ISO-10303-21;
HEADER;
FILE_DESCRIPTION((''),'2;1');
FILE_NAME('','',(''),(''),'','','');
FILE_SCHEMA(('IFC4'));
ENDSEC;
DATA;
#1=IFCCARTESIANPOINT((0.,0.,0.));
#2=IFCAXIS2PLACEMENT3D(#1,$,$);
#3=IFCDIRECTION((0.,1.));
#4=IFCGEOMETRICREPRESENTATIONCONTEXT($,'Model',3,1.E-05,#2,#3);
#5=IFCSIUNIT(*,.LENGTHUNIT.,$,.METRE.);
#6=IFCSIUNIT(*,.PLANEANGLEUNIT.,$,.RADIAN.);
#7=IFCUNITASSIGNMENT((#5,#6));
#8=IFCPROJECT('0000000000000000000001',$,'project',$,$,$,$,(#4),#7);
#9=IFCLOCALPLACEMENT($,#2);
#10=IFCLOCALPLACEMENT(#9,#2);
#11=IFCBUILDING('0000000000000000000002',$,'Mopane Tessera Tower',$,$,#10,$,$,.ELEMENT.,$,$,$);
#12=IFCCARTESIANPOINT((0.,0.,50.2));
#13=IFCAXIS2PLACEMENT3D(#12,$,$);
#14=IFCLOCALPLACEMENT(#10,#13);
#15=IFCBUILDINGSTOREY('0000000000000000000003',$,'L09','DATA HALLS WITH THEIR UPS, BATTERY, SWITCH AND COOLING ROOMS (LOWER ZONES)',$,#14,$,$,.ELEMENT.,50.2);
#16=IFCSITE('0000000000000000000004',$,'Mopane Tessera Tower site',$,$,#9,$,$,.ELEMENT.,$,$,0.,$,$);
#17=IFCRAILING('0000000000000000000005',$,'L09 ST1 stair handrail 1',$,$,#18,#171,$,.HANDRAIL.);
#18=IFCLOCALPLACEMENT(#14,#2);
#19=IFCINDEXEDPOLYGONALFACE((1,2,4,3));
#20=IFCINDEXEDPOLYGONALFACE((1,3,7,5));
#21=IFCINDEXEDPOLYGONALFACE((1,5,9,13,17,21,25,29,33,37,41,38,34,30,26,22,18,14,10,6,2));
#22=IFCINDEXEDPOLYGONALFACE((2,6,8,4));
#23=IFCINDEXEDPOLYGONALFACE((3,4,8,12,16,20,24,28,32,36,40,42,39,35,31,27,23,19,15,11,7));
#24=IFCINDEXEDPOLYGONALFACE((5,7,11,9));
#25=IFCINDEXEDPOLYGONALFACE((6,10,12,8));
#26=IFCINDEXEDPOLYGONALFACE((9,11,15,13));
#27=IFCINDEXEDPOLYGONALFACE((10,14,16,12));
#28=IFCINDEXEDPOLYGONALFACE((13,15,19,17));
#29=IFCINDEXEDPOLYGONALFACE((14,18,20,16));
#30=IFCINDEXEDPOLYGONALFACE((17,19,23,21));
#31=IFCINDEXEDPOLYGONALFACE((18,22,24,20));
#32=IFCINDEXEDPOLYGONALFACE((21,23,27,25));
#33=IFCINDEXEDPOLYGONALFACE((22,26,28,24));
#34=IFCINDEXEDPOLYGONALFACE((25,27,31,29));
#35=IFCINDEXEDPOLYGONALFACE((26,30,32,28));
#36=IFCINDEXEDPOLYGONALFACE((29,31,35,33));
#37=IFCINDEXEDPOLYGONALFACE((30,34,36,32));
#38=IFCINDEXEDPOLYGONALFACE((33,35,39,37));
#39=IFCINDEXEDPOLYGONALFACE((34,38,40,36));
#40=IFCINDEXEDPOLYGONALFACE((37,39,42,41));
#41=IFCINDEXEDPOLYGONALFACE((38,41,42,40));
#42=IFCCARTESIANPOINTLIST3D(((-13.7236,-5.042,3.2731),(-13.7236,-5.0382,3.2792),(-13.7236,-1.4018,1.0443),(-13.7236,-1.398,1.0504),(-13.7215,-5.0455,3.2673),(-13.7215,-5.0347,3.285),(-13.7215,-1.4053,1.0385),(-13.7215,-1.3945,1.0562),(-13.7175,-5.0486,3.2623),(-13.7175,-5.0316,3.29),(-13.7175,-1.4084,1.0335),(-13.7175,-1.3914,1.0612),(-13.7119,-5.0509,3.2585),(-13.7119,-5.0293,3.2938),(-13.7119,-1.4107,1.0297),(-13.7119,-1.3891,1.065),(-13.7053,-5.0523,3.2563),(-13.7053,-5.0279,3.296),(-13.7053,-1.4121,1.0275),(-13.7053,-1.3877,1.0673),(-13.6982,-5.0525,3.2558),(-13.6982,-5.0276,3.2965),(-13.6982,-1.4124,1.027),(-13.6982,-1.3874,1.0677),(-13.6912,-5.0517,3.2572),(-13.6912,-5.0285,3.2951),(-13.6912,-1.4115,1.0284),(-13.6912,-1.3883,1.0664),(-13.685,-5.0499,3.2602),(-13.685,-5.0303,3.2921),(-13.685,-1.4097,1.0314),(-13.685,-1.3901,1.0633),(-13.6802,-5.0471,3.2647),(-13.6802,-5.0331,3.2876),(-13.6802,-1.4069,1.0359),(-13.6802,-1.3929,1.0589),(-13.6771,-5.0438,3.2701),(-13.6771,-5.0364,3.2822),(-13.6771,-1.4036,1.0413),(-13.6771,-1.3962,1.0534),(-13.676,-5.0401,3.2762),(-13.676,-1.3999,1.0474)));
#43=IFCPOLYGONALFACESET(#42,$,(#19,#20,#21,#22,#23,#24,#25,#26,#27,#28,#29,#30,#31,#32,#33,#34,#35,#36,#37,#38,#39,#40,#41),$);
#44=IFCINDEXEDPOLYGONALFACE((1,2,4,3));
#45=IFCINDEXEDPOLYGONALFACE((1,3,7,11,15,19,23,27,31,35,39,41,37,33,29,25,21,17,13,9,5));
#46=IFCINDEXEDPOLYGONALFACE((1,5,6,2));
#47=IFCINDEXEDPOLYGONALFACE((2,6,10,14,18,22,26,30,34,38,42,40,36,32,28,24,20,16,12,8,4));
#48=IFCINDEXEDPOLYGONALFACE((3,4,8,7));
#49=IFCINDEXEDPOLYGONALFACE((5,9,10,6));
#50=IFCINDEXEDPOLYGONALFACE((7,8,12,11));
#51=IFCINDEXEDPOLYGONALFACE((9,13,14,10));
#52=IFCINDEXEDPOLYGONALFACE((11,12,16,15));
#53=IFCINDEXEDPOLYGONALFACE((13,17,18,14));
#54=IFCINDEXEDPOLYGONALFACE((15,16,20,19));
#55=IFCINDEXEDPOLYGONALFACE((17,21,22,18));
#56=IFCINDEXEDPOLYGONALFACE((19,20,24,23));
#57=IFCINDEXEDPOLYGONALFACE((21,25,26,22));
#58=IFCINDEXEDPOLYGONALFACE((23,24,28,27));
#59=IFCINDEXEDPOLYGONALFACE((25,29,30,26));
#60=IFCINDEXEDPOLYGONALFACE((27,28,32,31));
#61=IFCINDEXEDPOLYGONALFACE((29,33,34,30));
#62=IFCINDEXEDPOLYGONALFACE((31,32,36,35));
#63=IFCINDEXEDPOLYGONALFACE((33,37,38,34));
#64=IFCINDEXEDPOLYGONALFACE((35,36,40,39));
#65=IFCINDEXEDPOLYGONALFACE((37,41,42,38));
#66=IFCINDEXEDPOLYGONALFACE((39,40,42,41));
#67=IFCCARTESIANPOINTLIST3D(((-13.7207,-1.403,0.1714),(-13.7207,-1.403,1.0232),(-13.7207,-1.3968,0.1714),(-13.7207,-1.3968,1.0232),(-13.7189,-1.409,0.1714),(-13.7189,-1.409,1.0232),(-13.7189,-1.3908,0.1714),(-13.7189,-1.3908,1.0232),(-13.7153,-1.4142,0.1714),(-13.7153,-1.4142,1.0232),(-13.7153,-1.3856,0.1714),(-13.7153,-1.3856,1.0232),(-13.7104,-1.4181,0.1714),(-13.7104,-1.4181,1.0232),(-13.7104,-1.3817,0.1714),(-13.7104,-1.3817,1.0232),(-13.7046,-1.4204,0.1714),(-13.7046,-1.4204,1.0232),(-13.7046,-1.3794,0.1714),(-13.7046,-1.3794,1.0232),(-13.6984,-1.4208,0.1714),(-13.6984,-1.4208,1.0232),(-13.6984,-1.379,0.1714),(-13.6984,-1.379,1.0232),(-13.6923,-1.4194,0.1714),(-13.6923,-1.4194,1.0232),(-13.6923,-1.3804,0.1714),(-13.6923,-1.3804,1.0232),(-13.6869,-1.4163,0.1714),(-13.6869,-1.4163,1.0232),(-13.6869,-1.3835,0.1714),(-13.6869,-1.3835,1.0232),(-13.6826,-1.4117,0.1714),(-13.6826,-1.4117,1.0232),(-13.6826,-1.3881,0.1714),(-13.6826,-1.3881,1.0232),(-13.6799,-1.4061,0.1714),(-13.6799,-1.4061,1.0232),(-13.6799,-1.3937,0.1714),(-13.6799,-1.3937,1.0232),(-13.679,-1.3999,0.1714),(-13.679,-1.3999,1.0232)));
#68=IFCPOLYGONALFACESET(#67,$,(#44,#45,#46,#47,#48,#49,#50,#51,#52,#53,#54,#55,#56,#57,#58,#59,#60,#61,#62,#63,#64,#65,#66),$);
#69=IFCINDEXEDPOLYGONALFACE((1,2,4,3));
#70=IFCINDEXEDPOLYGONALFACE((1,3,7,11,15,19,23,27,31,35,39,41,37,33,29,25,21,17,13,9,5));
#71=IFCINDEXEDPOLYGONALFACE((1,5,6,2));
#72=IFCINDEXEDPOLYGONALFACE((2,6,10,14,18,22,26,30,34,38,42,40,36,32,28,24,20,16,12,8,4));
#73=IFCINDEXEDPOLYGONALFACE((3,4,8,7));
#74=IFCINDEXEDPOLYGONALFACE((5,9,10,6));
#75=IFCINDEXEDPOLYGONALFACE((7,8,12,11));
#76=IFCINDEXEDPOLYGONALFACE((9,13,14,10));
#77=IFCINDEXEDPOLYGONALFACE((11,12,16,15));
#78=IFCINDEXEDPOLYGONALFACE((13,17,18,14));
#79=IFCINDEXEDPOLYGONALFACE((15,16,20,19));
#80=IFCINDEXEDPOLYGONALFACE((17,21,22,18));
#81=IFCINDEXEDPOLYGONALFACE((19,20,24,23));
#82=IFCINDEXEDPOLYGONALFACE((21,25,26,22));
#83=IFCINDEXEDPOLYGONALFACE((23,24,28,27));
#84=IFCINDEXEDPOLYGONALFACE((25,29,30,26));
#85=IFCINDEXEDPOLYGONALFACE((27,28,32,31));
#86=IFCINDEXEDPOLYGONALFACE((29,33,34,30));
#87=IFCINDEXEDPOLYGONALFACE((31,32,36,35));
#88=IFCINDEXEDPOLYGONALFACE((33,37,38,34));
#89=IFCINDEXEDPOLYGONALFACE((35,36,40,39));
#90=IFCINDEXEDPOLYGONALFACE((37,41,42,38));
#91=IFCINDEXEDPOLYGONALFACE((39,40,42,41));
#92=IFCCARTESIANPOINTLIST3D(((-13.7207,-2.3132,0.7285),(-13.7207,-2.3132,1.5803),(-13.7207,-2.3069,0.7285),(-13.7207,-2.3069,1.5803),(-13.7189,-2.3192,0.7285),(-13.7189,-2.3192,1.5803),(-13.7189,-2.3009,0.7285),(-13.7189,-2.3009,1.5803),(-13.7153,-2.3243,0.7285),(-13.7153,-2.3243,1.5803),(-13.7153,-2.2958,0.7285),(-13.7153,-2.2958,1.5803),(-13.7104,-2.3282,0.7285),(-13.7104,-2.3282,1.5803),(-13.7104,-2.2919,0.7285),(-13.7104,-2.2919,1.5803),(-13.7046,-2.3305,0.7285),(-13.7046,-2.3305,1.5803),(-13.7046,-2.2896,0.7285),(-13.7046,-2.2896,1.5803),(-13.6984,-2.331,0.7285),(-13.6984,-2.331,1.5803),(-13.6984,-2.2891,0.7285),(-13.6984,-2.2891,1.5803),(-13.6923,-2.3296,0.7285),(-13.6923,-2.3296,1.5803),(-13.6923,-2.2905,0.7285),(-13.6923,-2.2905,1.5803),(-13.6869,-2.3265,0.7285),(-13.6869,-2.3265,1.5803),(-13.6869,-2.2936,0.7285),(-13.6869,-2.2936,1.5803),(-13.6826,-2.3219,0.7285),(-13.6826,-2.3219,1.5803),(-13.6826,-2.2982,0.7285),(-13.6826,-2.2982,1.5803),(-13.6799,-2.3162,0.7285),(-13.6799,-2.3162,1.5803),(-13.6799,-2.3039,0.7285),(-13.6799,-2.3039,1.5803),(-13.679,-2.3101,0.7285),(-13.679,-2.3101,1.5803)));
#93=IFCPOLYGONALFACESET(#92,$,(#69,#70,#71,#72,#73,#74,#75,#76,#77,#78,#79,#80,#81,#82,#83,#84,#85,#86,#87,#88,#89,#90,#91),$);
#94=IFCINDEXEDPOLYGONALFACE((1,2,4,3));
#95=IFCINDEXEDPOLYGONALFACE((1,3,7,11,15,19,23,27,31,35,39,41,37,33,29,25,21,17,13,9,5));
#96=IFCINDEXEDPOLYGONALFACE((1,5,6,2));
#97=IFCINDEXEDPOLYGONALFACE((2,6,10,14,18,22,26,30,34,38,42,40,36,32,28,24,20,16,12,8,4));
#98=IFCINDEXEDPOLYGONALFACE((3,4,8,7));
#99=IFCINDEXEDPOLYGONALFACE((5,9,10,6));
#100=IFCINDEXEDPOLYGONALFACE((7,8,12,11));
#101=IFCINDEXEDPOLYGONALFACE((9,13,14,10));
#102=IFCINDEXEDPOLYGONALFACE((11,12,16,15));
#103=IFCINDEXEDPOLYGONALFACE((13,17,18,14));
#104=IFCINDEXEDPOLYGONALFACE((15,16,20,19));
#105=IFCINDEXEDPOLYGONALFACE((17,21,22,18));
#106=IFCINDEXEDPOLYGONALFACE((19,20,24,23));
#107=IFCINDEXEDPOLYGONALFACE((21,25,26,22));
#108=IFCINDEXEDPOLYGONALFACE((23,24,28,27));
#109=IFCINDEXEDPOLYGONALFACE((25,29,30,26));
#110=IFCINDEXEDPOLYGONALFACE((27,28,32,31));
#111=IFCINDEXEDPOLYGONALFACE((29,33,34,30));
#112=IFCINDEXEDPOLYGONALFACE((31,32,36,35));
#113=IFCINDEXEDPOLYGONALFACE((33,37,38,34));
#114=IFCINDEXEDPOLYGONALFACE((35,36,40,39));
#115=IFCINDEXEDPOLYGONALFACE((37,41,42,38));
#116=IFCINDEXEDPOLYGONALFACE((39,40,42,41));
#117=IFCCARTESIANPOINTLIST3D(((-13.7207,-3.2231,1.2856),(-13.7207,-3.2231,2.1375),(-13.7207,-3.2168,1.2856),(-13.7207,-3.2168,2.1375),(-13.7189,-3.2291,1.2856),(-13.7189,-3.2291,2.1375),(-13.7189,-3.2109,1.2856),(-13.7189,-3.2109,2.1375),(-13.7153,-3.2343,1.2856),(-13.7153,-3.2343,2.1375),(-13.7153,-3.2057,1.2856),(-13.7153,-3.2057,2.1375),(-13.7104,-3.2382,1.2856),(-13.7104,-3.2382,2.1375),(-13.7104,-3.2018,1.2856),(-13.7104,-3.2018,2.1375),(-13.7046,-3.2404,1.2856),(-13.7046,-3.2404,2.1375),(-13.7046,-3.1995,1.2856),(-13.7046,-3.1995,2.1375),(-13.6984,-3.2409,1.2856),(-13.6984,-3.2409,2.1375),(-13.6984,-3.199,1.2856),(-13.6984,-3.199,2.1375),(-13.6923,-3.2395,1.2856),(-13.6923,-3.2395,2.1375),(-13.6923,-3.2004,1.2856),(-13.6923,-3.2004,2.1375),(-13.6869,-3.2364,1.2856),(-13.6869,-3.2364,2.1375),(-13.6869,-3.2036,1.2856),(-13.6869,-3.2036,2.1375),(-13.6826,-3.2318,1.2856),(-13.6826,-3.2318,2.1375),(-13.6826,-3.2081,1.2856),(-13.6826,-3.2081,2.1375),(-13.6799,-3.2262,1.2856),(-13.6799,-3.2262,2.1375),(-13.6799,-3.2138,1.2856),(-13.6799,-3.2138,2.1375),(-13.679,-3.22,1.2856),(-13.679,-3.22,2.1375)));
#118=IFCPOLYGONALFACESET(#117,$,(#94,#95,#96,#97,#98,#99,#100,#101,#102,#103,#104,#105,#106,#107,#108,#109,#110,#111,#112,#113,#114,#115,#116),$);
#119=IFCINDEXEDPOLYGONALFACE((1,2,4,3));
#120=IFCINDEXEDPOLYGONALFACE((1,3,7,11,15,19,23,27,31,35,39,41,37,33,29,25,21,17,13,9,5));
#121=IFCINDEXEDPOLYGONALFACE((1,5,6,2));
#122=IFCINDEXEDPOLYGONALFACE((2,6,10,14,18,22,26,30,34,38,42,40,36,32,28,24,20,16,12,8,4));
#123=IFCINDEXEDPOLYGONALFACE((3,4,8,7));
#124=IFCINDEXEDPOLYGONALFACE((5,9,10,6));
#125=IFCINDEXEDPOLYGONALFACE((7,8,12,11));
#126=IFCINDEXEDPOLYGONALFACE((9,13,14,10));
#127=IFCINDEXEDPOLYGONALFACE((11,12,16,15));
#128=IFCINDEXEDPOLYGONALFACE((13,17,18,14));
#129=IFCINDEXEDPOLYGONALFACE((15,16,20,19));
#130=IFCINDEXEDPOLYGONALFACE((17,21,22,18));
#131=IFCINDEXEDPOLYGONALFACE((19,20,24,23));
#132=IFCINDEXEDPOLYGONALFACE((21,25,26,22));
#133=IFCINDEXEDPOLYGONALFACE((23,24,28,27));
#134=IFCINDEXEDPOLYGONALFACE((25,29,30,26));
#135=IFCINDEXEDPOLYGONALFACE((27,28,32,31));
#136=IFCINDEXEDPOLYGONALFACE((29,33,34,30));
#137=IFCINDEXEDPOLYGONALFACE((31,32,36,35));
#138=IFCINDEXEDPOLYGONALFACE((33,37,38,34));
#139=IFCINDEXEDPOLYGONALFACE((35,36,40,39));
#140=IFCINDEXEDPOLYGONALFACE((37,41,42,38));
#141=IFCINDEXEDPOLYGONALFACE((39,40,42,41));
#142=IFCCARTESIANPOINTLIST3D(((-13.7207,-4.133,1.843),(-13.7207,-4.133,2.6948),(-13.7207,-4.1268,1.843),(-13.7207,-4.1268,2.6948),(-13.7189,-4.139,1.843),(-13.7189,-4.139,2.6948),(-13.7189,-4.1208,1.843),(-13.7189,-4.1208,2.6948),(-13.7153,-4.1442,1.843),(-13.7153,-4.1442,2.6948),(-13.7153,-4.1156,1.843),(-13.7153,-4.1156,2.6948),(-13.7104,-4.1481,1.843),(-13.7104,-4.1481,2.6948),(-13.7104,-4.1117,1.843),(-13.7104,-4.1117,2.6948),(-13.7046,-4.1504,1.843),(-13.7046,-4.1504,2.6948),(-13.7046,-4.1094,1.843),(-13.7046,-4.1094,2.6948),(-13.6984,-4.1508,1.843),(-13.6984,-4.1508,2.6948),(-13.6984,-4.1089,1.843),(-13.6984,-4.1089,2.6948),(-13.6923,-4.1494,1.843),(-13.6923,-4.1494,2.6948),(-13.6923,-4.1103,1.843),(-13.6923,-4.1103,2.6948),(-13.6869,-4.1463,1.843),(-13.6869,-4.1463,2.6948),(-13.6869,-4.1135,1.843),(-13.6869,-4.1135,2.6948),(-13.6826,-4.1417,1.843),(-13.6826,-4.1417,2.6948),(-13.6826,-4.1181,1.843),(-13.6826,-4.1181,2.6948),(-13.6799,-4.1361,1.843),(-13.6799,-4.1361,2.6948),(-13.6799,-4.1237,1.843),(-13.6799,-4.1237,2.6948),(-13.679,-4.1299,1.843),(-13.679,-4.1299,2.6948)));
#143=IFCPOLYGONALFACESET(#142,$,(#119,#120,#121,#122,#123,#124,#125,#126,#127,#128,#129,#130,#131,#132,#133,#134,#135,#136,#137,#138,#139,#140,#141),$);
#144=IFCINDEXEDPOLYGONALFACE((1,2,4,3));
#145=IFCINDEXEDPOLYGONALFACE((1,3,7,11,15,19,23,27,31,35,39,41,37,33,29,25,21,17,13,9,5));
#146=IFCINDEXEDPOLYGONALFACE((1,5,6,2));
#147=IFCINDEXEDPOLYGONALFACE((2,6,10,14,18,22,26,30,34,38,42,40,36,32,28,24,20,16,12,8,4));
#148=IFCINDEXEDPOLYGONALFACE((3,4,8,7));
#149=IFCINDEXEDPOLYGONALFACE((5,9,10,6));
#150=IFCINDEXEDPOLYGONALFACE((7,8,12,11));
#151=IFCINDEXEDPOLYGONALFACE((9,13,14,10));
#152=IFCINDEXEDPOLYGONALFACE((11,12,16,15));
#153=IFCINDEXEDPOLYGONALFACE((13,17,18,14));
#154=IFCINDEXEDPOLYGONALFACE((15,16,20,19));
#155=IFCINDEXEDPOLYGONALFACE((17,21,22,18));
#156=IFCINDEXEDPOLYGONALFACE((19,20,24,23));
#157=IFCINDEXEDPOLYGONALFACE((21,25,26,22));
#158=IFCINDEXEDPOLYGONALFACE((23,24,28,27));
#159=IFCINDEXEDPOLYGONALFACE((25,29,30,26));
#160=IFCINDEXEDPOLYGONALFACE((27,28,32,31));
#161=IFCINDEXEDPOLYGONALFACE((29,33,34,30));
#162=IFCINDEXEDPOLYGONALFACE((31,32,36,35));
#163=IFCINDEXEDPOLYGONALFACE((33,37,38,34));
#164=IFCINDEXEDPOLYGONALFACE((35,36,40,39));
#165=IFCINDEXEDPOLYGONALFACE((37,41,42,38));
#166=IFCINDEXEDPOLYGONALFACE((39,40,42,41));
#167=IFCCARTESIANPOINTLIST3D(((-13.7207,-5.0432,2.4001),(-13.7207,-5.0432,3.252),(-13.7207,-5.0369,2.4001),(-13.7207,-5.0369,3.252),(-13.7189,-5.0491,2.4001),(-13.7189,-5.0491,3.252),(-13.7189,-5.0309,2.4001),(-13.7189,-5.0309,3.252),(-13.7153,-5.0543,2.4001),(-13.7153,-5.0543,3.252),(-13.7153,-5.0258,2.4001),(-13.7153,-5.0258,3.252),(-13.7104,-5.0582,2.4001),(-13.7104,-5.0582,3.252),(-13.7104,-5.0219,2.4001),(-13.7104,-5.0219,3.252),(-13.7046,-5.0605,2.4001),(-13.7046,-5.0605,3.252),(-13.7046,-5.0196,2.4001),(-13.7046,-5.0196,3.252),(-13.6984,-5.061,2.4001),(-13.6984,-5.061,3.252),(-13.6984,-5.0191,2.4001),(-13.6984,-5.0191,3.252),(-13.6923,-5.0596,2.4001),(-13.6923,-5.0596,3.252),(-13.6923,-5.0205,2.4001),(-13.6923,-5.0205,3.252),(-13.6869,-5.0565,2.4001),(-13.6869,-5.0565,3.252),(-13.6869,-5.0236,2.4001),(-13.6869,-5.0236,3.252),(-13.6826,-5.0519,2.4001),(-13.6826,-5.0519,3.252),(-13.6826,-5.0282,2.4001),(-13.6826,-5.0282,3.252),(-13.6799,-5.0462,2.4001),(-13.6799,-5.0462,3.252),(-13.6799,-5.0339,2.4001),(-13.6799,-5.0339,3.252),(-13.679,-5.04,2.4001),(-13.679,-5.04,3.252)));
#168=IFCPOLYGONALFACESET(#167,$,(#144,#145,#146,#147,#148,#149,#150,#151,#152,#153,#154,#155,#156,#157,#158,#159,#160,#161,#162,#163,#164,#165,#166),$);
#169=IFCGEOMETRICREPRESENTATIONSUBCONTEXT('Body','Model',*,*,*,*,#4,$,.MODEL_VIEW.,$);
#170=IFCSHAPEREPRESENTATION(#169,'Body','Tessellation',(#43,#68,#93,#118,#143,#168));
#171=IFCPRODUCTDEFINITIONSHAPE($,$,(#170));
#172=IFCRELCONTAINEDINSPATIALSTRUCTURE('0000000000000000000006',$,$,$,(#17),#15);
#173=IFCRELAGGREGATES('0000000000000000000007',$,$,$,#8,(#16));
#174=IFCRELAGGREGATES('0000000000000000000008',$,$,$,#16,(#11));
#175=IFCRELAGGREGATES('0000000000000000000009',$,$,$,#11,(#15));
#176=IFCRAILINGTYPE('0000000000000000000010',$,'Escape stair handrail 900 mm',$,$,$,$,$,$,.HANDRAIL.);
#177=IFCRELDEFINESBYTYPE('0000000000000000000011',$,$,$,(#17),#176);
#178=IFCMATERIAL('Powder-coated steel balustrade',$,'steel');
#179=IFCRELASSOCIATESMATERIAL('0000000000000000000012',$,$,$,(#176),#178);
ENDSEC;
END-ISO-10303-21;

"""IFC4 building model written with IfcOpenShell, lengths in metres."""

from ifc_helpers import new_model, si_unit, direction, frame, origin, origin_2d, place, context, subcontext, project, spatial, circle, extrude, material, type_object, element, save


model = new_model("IFC4")

# Units and contexts
model_context = context("Model", 3, precision=1e-05, world=origin(), true_north=direction((0.0, 1.0)))
body_context = subcontext(model_context, "Body", "Model", "MODEL_VIEW")
ifc_project = project(units=[si_unit("LENGTHUNIT", "METRE"), si_unit("PLANEANGLEUNIT", "RADIAN")], contexts=[model_context])

# Site, building, storey
site_placement = place(None, origin())
site = spatial("IfcSite", under=ifc_project, at=site_placement, Name="Mopane Tessera Tower site", CompositionType="ELEMENT", RefElevation=0.0)
building_placement = place(site_placement, origin())
building = spatial("IfcBuilding", under=site, at=building_placement, Name="Mopane Tessera Tower", CompositionType="ELEMENT")
storey_placement = place(building_placement, frame((0.0, 0.0, 50.2)))
storey = spatial("IfcBuildingStorey", under=building, at=storey_placement, Name="L09", Description="DATA HALLS WITH THEIR UPS, BATTERY, SWITCH AND COOLING ROOMS (LOWER ZONES)", CompositionType="ELEMENT", Elevation=50.2)

# Railing
ifc_material_1 = material(Name="Powder-coated steel balustrade", Category="steel")
railing_type_1 = type_object("IfcRailingType", Name="Escape stair handrail 900 mm", PredefinedType="HANDRAIL", material=ifc_material_1)
railing_1_placement = place(storey_placement, frame((-13.7, -1.3999, 0.1714)))
element("IfcRailing", 1, at=railing_1_placement, inside=storey, type_object=railing_type_1, Name="L09 ST1 stair handrail 1", PredefinedType="HANDRAIL", context=body_context, shape_type="SweptSolid", body=[
    extrude(circle(Radius=0.0239, at=origin_2d()), frame((0.0, 0.0, 0.876), z_axis=(0.0, -0.85284, 0.522172), x_axis=(1.0, 0.0, 0.0)), (0.0, 0.0, 1.0), 4.2683),
    extrude(circle(Radius=0.021, at=origin_2d()), origin(), (0.0, 0.0, 1.0), 0.8518),
    extrude(circle(Radius=0.021, at=origin_2d()), frame((0.0, -0.9102, 0.5571)), (0.0, 0.0, 1.0), 0.8518),
    extrude(circle(Radius=0.021, at=origin_2d()), frame((0.0, -1.8201, 1.1143)), (0.0, 0.0, 1.0), 0.8518),
    extrude(circle(Radius=0.021, at=origin_2d()), frame((0.0, -2.73, 1.6716)), (0.0, 0.0, 1.0), 0.8518),
    extrude(circle(Radius=0.021, at=origin_2d()), frame((0.0, -3.6401, 2.2288)), (0.0, 0.0, 1.0), 0.8518),
])

save(model, "model.ifc")
